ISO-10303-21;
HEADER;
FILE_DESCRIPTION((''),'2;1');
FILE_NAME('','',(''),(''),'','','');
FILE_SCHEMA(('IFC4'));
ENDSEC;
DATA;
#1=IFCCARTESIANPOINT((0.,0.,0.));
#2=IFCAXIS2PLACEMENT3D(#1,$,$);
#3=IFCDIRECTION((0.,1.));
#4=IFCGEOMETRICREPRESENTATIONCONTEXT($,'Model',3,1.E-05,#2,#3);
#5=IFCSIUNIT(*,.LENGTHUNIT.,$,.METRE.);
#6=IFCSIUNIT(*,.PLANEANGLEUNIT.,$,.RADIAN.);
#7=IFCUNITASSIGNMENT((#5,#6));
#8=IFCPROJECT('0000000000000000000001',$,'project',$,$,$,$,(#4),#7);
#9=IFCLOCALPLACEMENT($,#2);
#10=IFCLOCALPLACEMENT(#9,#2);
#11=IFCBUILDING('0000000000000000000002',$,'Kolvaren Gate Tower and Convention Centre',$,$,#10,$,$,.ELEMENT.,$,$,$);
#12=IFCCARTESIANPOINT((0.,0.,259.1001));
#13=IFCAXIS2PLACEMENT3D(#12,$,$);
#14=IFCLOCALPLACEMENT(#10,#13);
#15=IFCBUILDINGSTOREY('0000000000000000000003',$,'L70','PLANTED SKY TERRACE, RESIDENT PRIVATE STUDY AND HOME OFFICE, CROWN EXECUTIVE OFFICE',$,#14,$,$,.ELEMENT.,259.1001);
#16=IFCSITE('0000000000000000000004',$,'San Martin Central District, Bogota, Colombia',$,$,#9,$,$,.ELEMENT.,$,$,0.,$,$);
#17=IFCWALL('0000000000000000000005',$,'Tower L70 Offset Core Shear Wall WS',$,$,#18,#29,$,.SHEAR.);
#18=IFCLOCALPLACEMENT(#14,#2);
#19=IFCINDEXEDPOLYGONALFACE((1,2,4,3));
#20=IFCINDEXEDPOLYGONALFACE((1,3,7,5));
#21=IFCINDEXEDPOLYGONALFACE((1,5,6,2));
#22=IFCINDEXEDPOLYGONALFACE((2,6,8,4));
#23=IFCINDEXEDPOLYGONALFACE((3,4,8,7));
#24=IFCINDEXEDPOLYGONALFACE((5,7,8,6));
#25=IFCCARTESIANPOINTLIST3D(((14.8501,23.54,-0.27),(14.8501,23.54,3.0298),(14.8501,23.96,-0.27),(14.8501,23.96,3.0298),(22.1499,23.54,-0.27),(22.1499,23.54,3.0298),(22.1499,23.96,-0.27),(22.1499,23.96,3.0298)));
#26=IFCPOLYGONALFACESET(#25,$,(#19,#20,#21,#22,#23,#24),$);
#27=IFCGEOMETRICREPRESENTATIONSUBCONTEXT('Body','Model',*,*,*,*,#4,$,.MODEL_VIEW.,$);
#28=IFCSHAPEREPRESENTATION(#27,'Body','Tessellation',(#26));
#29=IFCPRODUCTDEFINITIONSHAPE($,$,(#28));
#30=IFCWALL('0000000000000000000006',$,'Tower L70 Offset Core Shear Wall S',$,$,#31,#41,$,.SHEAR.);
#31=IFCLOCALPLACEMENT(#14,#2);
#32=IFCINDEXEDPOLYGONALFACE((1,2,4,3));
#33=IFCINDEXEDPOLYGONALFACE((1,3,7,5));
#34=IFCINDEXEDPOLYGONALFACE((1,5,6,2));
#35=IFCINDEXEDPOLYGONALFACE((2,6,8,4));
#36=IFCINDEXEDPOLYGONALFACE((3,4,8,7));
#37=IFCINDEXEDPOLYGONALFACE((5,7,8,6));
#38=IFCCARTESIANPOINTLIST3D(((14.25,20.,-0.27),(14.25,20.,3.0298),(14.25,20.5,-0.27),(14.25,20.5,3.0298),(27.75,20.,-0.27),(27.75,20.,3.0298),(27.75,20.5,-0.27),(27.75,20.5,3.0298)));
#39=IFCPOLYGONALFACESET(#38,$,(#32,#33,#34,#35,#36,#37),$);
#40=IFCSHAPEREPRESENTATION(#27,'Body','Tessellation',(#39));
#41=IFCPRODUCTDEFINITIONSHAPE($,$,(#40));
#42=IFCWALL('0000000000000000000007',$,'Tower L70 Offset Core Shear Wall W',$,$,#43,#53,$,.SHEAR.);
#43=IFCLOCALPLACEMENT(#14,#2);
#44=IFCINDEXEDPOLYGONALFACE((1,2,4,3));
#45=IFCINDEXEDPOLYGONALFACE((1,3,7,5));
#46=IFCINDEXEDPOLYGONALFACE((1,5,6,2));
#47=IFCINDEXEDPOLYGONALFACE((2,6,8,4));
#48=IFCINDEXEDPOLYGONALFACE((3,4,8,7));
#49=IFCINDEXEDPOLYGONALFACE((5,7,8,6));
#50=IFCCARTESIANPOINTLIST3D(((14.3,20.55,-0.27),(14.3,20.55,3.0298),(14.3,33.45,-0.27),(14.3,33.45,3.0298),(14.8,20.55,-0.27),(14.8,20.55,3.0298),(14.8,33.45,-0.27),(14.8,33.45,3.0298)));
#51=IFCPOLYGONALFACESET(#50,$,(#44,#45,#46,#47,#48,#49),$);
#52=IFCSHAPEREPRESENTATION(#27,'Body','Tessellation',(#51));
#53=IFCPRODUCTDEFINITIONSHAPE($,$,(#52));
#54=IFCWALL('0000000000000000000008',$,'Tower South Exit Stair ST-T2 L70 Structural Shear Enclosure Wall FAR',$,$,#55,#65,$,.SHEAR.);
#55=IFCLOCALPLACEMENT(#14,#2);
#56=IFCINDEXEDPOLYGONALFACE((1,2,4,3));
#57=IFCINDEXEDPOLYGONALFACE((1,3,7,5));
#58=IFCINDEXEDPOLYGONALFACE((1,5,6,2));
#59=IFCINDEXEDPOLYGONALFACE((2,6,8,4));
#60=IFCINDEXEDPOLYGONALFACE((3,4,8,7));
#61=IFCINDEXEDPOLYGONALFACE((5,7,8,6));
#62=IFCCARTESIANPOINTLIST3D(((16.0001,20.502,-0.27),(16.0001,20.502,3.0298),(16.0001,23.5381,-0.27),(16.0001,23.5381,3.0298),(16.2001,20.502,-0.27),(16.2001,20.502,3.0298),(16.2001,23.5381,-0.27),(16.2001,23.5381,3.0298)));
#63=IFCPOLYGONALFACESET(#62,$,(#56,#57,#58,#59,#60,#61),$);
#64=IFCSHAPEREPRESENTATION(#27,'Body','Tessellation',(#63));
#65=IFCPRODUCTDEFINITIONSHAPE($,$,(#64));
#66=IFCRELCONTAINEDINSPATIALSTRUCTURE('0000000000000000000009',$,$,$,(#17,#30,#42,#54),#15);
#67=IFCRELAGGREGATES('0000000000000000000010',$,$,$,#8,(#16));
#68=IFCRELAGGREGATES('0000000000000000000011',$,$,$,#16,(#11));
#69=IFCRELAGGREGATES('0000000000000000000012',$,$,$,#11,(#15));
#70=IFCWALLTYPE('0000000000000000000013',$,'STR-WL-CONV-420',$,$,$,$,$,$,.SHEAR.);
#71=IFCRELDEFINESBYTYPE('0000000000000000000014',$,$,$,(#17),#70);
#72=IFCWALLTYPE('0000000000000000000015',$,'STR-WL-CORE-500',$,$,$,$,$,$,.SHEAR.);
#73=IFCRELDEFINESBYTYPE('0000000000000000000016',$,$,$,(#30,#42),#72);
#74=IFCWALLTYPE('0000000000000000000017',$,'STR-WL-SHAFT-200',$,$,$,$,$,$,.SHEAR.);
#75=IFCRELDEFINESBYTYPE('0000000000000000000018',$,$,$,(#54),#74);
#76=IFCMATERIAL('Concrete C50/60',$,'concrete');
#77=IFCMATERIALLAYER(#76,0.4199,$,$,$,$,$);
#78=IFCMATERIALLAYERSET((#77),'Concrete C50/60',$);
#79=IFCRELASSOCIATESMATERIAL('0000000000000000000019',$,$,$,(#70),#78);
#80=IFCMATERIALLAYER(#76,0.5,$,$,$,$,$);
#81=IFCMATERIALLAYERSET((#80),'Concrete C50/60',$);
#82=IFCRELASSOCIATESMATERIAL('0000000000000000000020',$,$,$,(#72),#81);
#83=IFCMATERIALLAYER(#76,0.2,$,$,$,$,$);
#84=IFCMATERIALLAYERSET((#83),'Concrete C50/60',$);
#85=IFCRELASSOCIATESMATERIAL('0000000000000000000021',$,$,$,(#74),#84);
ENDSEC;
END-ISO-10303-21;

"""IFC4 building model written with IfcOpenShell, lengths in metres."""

from ifc_helpers import new_model, si_unit, direction, frame, frame_2d, origin, place, context, subcontext, project, spatial, rectangle, extrude, material, layer, layer_set, type_object, element, save


model = new_model("IFC4")

# Units and contexts
model_context = context("Model", 3, precision=1e-05, world=origin(), true_north=direction((0.0, 1.0)))
body_context = subcontext(model_context, "Body", "Model", "MODEL_VIEW")
ifc_project = project(units=[si_unit("LENGTHUNIT", "METRE"), si_unit("PLANEANGLEUNIT", "RADIAN")], contexts=[model_context])

# Site, building, storey
site_placement = place(None, origin())
site = spatial("IfcSite", under=ifc_project, at=site_placement, Name="San Martin Central District, Bogota, Colombia", CompositionType="ELEMENT", RefElevation=0.0)
building_placement = place(site_placement, origin())
building = spatial("IfcBuilding", under=site, at=building_placement, Name="Kolvaren Gate Tower and Convention Centre", CompositionType="ELEMENT")
storey_placement = place(building_placement, frame((0.0, 0.0, 259.1001)))
storey = spatial("IfcBuildingStorey", under=building, at=storey_placement, Name="L70", Description="PLANTED SKY TERRACE, RESIDENT PRIVATE STUDY AND HOME OFFICE, CROWN EXECUTIVE OFFICE", CompositionType="ELEMENT", Elevation=259.1001)

# Walls
ifc_material_1 = material(Name="Concrete C50/60", Category="concrete")
ifc_layer_1 = layer(ifc_material_1, 0.4199)
ifc_layer_set_1 = layer_set([ifc_layer_1], Name="Concrete C50/60")
wall_type_1 = type_object("IfcWallType", Name="STR-WL-CONV-420", PredefinedType="SHEAR", material=ifc_layer_set_1)
wall_1_placement = place(storey_placement, frame((14.8501, 23.75, -0.27), z_axis=(0.0, 0.0, 1.0), x_axis=(1.0, 0.0, 0.0)))
element("IfcWall", 1, at=wall_1_placement, inside=storey, type_object=wall_type_1, Name="Tower L70 Offset Core Shear Wall WS", PredefinedType="SHEAR", context=body_context, shape_type="SweptSolid", body=[
    extrude(rectangle(XDim=7.2998, YDim=0.4199, at=frame_2d((3.6499, 0.0))), origin(), (0.0, 0.0, 1.0), 3.2998),
])
ifc_layer_2 = layer(ifc_material_1, 0.5)
ifc_layer_set_2 = layer_set([ifc_layer_2], Name="Concrete C50/60")
wall_type_2 = type_object("IfcWallType", Name="STR-WL-CORE-500", PredefinedType="SHEAR", material=ifc_layer_set_2)
wall_2_placement = place(storey_placement, frame((14.25, 20.25, -0.27), z_axis=(0.0, 0.0, 1.0), x_axis=(1.0, 0.0, 0.0)))
element("IfcWall", 2, at=wall_2_placement, inside=storey, type_object=wall_type_2, Name="Tower L70 Offset Core Shear Wall S", PredefinedType="SHEAR", context=body_context, shape_type="SweptSolid", body=[
    extrude(rectangle(XDim=13.5, YDim=0.5, at=frame_2d((6.75, 0.0))), origin(), (0.0, 0.0, 1.0), 3.2998),
])
wall_3_placement = place(storey_placement, frame((14.55, 20.55, -0.27), z_axis=(0.0, 0.0, 1.0), x_axis=(0.0, 1.0, 0.0)))
element("IfcWall", 3, at=wall_3_placement, inside=storey, type_object=wall_type_2, Name="Tower L70 Offset Core Shear Wall W", PredefinedType="SHEAR", context=body_context, shape_type="SweptSolid", body=[
    extrude(rectangle(XDim=12.8999, YDim=0.5, at=frame_2d((6.45, 0.0))), origin(), (0.0, 0.0, 1.0), 3.2998),
])
ifc_layer_3 = layer(ifc_material_1, 0.2)
ifc_layer_set_3 = layer_set([ifc_layer_3], Name="Concrete C50/60")
wall_type_3 = type_object("IfcWallType", Name="STR-WL-SHAFT-200", PredefinedType="SHEAR", material=ifc_layer_set_3)
wall_4_placement = place(storey_placement, frame((16.1001, 20.502, -0.27), z_axis=(0.0, 0.0, 1.0), x_axis=(0.0, 1.0, 0.0)))
element("IfcWall", 4, at=wall_4_placement, inside=storey, type_object=wall_type_3, Name="Tower South Exit Stair ST-T2 L70 Structural Shear Enclosure Wall FAR", PredefinedType="SHEAR", context=body_context, shape_type="SweptSolid", body=[
    extrude(rectangle(XDim=3.0361, YDim=0.2, at=frame_2d((1.5181, 0.0))), origin(), (0.0, 0.0, 1.0), 3.2998),
])

save(model, "model.ifc")
